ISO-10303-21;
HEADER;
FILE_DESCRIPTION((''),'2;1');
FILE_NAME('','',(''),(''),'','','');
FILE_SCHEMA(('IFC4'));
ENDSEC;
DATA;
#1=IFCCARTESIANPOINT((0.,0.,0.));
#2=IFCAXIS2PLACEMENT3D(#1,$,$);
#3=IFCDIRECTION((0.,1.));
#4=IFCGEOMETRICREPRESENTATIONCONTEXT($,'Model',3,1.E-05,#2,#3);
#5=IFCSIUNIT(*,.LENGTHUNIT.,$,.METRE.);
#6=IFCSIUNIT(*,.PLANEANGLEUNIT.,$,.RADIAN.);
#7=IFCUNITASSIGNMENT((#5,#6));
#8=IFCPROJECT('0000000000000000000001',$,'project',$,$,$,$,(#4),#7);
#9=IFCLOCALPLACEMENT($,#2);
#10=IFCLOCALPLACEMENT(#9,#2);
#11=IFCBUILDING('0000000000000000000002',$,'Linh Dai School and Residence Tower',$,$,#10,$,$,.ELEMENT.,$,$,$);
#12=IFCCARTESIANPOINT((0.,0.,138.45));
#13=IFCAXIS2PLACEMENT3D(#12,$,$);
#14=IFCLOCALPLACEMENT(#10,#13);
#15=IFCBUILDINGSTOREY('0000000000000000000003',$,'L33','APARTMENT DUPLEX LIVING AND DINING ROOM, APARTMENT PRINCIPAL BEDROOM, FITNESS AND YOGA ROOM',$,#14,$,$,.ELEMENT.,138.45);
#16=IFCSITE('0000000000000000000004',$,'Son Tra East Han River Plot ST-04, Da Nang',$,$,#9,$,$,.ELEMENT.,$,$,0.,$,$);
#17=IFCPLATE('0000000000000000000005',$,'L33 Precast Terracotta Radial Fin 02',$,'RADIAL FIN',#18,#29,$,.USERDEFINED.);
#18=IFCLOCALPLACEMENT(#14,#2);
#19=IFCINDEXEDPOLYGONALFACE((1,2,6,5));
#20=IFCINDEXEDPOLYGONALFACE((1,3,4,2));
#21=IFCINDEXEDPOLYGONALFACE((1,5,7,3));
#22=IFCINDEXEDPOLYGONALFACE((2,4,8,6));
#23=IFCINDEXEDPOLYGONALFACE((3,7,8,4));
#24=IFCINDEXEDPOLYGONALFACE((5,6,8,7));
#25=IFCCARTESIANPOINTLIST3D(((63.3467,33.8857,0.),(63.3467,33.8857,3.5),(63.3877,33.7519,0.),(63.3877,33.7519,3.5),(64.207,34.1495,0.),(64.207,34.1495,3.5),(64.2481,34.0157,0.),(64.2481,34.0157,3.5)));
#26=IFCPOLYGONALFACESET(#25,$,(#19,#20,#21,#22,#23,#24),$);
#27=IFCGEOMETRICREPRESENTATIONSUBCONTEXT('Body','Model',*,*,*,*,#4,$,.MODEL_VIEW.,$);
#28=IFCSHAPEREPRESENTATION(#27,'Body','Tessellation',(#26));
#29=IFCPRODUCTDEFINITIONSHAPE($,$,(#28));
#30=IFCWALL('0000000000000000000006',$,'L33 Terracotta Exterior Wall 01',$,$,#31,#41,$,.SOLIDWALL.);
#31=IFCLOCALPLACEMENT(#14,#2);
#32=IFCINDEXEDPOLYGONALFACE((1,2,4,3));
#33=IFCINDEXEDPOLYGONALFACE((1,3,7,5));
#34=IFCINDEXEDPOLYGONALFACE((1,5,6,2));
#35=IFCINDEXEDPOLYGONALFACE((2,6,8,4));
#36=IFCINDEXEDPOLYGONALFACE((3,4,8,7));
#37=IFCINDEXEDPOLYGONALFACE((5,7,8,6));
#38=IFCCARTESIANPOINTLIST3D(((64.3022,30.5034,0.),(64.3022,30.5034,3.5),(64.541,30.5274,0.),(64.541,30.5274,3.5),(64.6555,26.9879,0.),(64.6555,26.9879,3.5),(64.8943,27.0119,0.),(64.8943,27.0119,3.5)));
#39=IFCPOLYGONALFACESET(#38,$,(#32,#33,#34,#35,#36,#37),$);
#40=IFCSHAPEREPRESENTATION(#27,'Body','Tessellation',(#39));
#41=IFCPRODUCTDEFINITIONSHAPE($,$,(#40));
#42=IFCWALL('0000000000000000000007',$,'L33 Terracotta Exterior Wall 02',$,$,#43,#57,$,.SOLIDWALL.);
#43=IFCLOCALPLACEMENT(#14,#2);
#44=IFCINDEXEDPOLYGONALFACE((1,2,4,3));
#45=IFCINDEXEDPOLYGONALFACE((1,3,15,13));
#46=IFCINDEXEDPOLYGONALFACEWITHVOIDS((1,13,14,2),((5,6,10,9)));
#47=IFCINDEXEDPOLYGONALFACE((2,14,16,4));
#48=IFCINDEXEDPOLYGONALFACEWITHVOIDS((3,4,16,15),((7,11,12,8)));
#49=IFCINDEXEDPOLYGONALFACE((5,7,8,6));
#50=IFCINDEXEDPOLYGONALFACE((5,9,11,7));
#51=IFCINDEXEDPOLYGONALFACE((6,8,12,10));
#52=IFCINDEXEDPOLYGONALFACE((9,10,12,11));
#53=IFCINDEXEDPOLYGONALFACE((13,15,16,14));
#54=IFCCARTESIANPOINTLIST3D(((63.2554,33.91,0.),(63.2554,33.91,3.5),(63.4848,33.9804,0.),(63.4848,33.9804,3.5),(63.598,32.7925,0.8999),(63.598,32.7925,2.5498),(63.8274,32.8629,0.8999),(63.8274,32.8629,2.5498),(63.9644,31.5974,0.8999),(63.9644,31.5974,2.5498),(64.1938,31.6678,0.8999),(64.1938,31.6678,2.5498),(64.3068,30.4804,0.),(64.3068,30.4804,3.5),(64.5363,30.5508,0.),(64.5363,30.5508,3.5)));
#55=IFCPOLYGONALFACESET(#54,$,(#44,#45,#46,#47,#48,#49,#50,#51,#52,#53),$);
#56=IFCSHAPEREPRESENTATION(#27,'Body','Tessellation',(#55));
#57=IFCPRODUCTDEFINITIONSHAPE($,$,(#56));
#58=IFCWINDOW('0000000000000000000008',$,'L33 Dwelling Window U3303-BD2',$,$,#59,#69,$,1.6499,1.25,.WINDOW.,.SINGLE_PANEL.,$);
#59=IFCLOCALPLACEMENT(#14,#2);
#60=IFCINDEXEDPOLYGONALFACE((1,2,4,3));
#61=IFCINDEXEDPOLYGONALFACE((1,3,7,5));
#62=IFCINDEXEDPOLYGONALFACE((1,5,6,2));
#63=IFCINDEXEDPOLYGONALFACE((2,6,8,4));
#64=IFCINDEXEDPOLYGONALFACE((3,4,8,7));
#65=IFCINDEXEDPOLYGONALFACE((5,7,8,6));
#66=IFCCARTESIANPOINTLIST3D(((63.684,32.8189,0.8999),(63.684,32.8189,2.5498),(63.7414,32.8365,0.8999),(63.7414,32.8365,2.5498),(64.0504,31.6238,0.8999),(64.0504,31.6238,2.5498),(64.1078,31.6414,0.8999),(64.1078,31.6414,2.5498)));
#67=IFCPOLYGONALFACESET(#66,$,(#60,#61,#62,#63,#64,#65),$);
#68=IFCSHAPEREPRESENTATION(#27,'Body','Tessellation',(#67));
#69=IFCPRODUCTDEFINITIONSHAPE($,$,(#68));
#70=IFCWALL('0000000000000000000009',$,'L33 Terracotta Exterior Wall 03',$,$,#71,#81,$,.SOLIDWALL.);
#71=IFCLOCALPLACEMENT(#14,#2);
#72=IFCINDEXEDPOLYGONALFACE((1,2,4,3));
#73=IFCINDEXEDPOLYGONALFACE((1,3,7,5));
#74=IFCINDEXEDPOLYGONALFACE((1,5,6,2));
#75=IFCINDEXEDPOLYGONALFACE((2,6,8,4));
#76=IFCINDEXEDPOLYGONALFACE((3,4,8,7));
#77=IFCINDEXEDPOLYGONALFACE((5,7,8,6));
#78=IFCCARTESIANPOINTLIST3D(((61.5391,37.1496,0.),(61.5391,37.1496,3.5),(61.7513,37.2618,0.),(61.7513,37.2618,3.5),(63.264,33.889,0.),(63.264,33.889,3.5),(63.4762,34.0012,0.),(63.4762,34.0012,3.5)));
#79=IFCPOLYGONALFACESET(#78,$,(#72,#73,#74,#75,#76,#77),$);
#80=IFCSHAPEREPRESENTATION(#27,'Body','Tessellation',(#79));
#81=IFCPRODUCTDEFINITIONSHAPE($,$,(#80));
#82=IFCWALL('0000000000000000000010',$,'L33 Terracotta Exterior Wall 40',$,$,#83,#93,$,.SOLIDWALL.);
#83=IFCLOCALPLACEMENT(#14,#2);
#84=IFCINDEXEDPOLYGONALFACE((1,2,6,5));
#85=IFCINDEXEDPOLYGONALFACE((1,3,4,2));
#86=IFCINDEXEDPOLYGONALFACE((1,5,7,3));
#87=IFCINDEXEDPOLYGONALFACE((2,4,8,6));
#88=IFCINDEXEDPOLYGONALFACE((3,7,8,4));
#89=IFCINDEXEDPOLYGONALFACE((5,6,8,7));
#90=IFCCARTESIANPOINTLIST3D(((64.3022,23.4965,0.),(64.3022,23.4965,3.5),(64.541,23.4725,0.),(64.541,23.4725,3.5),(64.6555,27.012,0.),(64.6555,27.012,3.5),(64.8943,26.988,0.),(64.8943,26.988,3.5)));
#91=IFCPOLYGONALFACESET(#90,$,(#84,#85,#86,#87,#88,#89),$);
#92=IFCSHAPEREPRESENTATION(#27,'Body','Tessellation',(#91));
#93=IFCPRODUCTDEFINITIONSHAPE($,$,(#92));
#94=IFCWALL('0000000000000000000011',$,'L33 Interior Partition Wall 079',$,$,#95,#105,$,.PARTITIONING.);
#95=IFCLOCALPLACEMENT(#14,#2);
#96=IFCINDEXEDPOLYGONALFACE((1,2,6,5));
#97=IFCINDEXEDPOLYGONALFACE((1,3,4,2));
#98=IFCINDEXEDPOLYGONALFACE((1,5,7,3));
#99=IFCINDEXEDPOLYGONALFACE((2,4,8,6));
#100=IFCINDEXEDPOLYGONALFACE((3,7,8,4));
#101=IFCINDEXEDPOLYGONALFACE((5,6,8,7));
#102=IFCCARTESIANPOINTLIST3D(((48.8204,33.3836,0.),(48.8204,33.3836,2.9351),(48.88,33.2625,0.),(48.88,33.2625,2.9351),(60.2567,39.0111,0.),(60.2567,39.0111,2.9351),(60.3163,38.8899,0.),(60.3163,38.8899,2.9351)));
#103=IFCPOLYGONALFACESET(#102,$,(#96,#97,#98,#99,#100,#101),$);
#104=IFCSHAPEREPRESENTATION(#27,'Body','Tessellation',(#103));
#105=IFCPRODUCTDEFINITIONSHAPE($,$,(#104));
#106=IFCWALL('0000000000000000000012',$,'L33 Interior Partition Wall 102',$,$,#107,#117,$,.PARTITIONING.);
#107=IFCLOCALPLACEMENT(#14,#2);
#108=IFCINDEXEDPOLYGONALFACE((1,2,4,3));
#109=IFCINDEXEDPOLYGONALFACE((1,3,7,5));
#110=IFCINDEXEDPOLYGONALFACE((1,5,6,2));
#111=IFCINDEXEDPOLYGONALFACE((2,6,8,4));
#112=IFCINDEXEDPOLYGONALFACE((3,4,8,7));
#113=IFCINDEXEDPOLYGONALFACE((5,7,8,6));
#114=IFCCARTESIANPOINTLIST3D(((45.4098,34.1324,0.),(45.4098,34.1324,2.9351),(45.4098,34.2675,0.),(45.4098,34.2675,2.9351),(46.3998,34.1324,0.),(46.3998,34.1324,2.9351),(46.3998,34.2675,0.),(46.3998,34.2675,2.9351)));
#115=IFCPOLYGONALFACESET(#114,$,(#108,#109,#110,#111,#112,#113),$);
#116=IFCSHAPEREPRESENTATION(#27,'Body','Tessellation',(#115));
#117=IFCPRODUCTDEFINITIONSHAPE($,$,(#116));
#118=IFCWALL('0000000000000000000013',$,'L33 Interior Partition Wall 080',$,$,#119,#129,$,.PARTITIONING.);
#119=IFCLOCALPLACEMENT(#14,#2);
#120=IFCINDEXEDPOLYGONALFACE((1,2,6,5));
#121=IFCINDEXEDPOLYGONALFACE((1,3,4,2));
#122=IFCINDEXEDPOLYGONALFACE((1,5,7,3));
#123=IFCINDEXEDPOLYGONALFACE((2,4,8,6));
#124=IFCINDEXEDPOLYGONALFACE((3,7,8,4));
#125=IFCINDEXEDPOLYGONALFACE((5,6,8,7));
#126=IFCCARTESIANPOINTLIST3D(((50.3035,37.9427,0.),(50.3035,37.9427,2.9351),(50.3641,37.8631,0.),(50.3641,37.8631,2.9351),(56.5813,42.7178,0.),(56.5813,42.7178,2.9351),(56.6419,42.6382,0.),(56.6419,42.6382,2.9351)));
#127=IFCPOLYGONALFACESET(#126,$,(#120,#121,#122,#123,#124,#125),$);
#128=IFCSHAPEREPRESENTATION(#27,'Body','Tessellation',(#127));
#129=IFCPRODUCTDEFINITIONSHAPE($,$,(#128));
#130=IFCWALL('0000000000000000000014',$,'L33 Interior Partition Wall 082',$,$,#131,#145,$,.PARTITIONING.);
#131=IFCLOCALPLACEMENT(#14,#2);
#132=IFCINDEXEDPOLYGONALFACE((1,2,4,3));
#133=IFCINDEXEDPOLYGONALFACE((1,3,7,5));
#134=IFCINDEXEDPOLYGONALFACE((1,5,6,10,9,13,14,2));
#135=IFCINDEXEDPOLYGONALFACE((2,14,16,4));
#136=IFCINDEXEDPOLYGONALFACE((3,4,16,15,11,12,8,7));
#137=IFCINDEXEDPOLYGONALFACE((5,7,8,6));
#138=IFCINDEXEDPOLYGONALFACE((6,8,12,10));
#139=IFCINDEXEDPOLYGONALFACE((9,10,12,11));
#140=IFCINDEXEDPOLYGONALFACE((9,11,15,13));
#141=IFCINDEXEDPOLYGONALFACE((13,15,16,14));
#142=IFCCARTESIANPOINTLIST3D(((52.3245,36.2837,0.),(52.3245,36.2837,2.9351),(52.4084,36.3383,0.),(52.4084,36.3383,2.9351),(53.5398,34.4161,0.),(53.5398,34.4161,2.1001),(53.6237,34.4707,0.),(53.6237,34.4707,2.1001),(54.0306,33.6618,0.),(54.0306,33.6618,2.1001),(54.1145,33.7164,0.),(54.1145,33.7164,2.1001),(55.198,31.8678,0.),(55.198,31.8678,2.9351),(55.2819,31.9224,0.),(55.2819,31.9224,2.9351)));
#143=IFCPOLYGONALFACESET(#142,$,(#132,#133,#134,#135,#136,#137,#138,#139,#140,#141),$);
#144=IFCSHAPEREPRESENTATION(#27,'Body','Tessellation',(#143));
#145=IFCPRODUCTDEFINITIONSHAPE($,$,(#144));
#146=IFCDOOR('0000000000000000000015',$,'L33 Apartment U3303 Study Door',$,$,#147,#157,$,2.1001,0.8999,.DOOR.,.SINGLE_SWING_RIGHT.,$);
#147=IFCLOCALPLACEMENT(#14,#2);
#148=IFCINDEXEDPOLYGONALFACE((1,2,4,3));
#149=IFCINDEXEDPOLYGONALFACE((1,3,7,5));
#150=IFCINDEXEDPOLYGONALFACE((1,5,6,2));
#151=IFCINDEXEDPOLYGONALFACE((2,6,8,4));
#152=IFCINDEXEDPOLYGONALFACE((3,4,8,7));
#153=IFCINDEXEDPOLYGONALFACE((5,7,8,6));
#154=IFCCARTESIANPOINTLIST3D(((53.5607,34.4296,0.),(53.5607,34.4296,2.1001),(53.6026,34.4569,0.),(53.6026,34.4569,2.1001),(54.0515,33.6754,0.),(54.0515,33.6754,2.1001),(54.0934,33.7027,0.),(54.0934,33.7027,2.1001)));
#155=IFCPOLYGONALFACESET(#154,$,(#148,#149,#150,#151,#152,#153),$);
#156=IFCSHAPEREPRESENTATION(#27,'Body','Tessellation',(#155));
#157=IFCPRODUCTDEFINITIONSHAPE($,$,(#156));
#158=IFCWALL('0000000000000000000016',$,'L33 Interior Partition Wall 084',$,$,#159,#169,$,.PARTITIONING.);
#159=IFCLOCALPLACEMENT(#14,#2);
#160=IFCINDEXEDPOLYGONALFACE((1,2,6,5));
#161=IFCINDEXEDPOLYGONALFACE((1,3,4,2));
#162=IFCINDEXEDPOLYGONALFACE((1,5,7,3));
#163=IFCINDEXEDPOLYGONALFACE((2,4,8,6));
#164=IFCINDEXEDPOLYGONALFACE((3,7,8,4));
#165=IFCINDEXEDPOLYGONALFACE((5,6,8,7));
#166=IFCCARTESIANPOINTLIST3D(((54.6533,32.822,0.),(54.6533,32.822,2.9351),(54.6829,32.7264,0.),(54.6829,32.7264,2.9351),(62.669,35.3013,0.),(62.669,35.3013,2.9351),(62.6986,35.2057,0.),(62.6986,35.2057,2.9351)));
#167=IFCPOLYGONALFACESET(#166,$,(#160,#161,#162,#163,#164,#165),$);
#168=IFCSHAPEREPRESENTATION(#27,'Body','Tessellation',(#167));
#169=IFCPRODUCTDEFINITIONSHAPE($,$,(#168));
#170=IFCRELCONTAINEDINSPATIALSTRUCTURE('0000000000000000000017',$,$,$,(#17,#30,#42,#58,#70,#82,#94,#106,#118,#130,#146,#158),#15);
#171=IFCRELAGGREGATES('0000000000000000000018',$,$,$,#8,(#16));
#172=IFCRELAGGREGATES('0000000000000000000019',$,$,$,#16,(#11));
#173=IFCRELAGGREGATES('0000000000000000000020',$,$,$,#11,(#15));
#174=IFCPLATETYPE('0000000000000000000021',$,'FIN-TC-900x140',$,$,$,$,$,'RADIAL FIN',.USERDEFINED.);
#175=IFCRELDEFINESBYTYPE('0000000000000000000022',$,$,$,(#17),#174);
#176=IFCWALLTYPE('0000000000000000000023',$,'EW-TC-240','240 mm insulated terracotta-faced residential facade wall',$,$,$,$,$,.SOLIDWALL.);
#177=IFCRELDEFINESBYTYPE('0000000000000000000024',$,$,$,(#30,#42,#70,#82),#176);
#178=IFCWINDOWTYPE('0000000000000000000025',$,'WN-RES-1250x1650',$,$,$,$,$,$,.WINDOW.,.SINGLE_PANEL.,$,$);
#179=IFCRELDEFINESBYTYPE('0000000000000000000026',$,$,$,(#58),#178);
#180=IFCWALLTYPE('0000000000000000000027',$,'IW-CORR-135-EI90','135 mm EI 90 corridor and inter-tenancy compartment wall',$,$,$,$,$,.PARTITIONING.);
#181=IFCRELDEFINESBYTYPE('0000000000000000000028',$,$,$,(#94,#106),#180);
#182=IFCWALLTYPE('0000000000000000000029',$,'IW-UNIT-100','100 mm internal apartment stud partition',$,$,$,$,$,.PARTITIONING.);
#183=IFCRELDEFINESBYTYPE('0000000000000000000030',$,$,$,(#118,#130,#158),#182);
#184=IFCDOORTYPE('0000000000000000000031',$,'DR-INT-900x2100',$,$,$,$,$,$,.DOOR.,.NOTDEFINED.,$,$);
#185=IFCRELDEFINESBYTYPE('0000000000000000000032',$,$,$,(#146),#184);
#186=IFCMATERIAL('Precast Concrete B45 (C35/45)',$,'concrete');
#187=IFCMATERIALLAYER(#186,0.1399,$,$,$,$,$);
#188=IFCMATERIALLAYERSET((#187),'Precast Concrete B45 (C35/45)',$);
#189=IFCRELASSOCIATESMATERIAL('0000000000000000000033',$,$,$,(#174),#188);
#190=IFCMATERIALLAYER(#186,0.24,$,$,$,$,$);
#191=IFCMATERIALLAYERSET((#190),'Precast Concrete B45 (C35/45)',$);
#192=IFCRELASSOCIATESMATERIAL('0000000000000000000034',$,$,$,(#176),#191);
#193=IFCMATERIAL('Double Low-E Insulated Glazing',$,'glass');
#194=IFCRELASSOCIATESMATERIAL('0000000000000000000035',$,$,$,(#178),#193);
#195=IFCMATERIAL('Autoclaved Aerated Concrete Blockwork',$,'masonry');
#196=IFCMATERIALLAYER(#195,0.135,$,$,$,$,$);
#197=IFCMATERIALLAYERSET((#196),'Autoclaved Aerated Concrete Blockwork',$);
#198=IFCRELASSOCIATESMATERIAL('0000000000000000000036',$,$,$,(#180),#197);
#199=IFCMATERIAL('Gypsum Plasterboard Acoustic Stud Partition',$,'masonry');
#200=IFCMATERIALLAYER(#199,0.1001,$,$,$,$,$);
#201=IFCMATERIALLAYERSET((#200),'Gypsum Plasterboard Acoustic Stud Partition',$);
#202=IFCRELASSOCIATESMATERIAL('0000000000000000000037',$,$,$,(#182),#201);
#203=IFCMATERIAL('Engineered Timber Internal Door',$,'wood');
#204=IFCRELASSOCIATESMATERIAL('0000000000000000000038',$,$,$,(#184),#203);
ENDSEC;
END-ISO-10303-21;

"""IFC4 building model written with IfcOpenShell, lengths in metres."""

from ifc_helpers import new_model, si_unit, direction, frame, frame_2d, origin, origin_2d, place, context, subcontext, project, spatial, rectangle, extrude, source, transform, mapped, material, layer, layer_set, type_object, element, fill, save


model = new_model("IFC4")

# Units and contexts
model_context = context("Model", 3, precision=1e-05, world=origin(), true_north=direction((0.0, 1.0)))
body_context = subcontext(model_context, "Body", "Model", "MODEL_VIEW")
ifc_project = project(units=[si_unit("LENGTHUNIT", "METRE"), si_unit("PLANEANGLEUNIT", "RADIAN")], contexts=[model_context])

# Site, building, storey
site_placement = place(None, origin())
site = spatial("IfcSite", under=ifc_project, at=site_placement, Name="Son Tra East Han River Plot ST-04, Da Nang", CompositionType="ELEMENT", RefElevation=0.0)
building_placement = place(site_placement, origin())
building = spatial("IfcBuilding", under=site, at=building_placement, Name="Linh Dai School and Residence Tower", CompositionType="ELEMENT")
storey_placement = place(building_placement, frame((0.0, 0.0, 138.45)))
storey = spatial("IfcBuildingStorey", under=building, at=storey_placement, Name="L33", Description="APARTMENT DUPLEX LIVING AND DINING ROOM, APARTMENT PRINCIPAL BEDROOM, FITNESS AND YOGA ROOM", CompositionType="ELEMENT", Elevation=138.45)

# Plate
ifc_material_1 = material(Name="Precast Concrete B45 (C35/45)", Category="concrete")
ifc_layer_1 = layer(ifc_material_1, 0.1399)
ifc_layer_set_1 = layer_set([ifc_layer_1], Name="Precast Concrete B45 (C35/45)")
plate_type = type_object("IfcPlateType", Name="FIN-TC-900x140", ElementType="RADIAL FIN", PredefinedType="USERDEFINED", material=ifc_layer_set_1)
shared_shape_1 = source(origin(), body_context, "Body", "SweptSolid", [
    extrude(rectangle(XDim=0.8999, YDim=0.1399, at=origin_2d()), origin(), (0.0, 0.0, 1.0), 3.5),
])
plate_placement = place(storey_placement, frame((63.7974, 33.9507, 0.0), z_axis=(0.0, 0.0, 1.0), x_axis=(0.956072, 0.293134, 0.0)))
element("IfcPlate", 1, at=plate_placement, inside=storey, type_object=plate_type, Name="L33 Precast Terracotta Radial Fin 02", ObjectType="RADIAL FIN", PredefinedType="USERDEFINED", context=body_context, shape_type="MappedRepresentation", body=[
    mapped(shared_shape_1, transform((0.0, 0.0, 0.0), x_axis=(1.0, 0.0, 0.0), y_axis=(0.0, 1.0, 0.0), z_axis=(0.0, 0.0, 1.0), scale=1.0)),
])

# Wall
ifc_layer_2 = layer(ifc_material_1, 0.24)
ifc_layer_set_2 = layer_set([ifc_layer_2], Name="Precast Concrete B45 (C35/45)")
wall_type_1 = type_object("IfcWallType", Name="EW-TC-240", Description="240 mm insulated terracotta-faced residential facade wall", PredefinedType="SOLIDWALL", material=ifc_layer_set_2)
wall_1_placement = place(storey_placement, frame((64.4216, 30.5154, 0.0), z_axis=(0.0, 0.0, 1.0), x_axis=(0.099989, -0.994988, 0.0)))
element("IfcWall", 2, at=wall_1_placement, inside=storey, type_object=wall_type_1, Name="L33 Terracotta Exterior Wall 01", PredefinedType="SOLIDWALL", context=body_context, shape_type="SweptSolid", body=[
    extrude(rectangle(XDim=3.5332, YDim=0.24, at=frame_2d((1.7666, 0.0))), origin(), (0.0, 0.0, 1.0), 3.5),
])

# Wall, opening, window
wall_2_placement = place(storey_placement, frame((63.3701, 33.9451, 0.0), z_axis=(0.0, 0.0, 1.0), x_axis=(0.293124, -0.956074, 0.0)))
wall_2 = element("IfcWall", 3, at=wall_2_placement, inside=storey, type_object=wall_type_1, Name="L33 Terracotta Exterior Wall 02", PredefinedType="SOLIDWALL", context=body_context, shape_type="SweptSolid", body=[
    extrude(rectangle(XDim=3.5872, YDim=0.24, at=frame_2d((1.7935, 0.0))), origin(), (0.0, 0.0, 1.0), 3.5),
])
opening_1_placement = place(wall_2_placement, frame((1.1687, 0.0, 0.8999)))
opening_1 = element("IfcOpeningElement", 4, at=opening_1_placement, cuts=wall_2, PredefinedType="OPENING", context=body_context, shape_type="SweptSolid", body=[
    extrude(rectangle(XDim=1.25, YDim=1.6499, at=origin_2d()), frame((0.625, 0.1299, 0.825), z_axis=(0.0, -1.0, 0.0), x_axis=(1.0, 0.0, 0.0)), (0.0, 0.0, 1.0), 0.26),
])
ifc_material_2 = material(Name="Double Low-E Insulated Glazing", Category="glass")
window_type = type_object("IfcWindowType", Name="WN-RES-1250x1650", PartitioningType="SINGLE_PANEL", PredefinedType="WINDOW", material=ifc_material_2)
shared_shape_2 = source(origin(), body_context, "Body", "SweptSolid", [
    extrude(rectangle(XDim=1.25, YDim=1.6499, at=origin_2d()), frame((0.625, 0.03, 0.825), z_axis=(0.0, -1.0, 0.0), x_axis=(1.0, 0.0, 0.0)), (0.0, 0.0, 1.0), 0.0601),
])
window_placement = place(opening_1_placement, origin())
window = element("IfcWindow", 5, at=window_placement, inside=storey, type_object=window_type, Name="L33 Dwelling Window U3303-BD2", OverallHeight=1.6499, OverallWidth=1.25, PartitioningType="SINGLE_PANEL", PredefinedType="WINDOW", context=body_context, shape_type="MappedRepresentation", body=[
    mapped(shared_shape_2, transform((0.0, 0.0, 0.0), x_axis=(1.0, 0.0, 0.0), y_axis=(0.0, 1.0, 0.0), z_axis=(0.0, 0.0, 1.0), scale=1.0)),
])
fill(opening_1, window)

# Walls
wall_3_placement = place(storey_placement, frame((61.6453, 37.2056, 0.0), z_axis=(0.0, 0.0, 1.0), x_axis=(0.467614, -0.883933, 0.0)))
element("IfcWall", 6, at=wall_3_placement, inside=storey, type_object=wall_type_1, Name="L33 Terracotta Exterior Wall 03", PredefinedType="SOLIDWALL", context=body_context, shape_type="SweptSolid", body=[
    extrude(rectangle(XDim=3.6887, YDim=0.24, at=frame_2d((1.8442, 0.0))), origin(), (0.0, 0.0, 1.0), 3.5),
])
wall_4_placement = place(storey_placement, frame((64.7749, 27.0, 0.0), z_axis=(0.0, 0.0, 1.0), x_axis=(-0.099989, -0.994988, 0.0)))
element("IfcWall", 7, at=wall_4_placement, inside=storey, type_object=wall_type_1, Name="L33 Terracotta Exterior Wall 40", PredefinedType="SOLIDWALL", context=body_context, shape_type="SweptSolid", body=[
    extrude(rectangle(XDim=3.5332, YDim=0.24, at=frame_2d((1.7666, 0.0))), origin(), (0.0, 0.0, 1.0), 3.5),
])
ifc_material_3 = material(Name="Autoclaved Aerated Concrete Blockwork", Category="masonry")
ifc_layer_3 = layer(ifc_material_3, 0.135)
ifc_layer_set_3 = layer_set([ifc_layer_3], Name="Autoclaved Aerated Concrete Blockwork")
wall_type_2 = type_object("IfcWallType", Name="IW-CORR-135-EI90", Description="135 mm EI 90 corridor and inter-tenancy compartment wall", PredefinedType="PARTITIONING", material=ifc_layer_set_3)
wall_5_placement = place(storey_placement, frame((48.8501, 33.323, 0.0), z_axis=(0.0, 0.0, 1.0), x_axis=(0.897255, 0.441512, 0.0)))
element("IfcWall", 8, at=wall_5_placement, inside=storey, type_object=wall_type_2, Name="L33 Interior Partition Wall 079", PredefinedType="PARTITIONING", context=body_context, shape_type="SweptSolid", body=[
    extrude(rectangle(XDim=12.7458, YDim=0.135, at=frame_2d((6.373, 0.0))), origin(), (0.0, 0.0, 1.0), 2.9351),
])
wall_6_placement = place(storey_placement, frame((46.3999, 34.2, 0.0), z_axis=(0.0, 0.0, 1.0), x_axis=(-1.0, 0.0, 0.0)))
element("IfcWall", 9, at=wall_6_placement, inside=storey, type_object=wall_type_2, Name="L33 Interior Partition Wall 102", PredefinedType="PARTITIONING", context=body_context, shape_type="SweptSolid", body=[
    extrude(rectangle(XDim=0.99, YDim=0.135, at=frame_2d((0.4951, 0.0))), origin(), (0.0, 0.0, 1.0), 2.9351),
])
ifc_material_4 = material(Name="Gypsum Plasterboard Acoustic Stud Partition", Category="masonry")
ifc_layer_4 = layer(ifc_material_4, 0.1001)
ifc_layer_set_4 = layer_set([ifc_layer_4], Name="Gypsum Plasterboard Acoustic Stud Partition")
wall_type_3 = type_object("IfcWallType", Name="IW-UNIT-100", Description="100 mm internal apartment stud partition", PredefinedType="PARTITIONING", material=ifc_layer_set_4)
wall_7_placement = place(storey_placement, frame((50.3337, 37.9028, 0.0), z_axis=(0.0, 0.0, 1.0), x_axis=(0.795918, 0.605404, 0.0)))
element("IfcWall", 10, at=wall_7_placement, inside=storey, type_object=wall_type_3, Name="L33 Interior Partition Wall 080", PredefinedType="PARTITIONING", context=body_context, shape_type="SweptSolid", body=[
    extrude(rectangle(XDim=7.8875, YDim=0.1001, at=frame_2d((3.9438, 0.0))), origin(), (0.0, 0.0, 1.0), 2.9351),
])

# Wall, opening, door
wall_8_placement = place(storey_placement, frame((52.3665, 36.311, 0.0), z_axis=(0.0, 0.0, 1.0), x_axis=(0.545405, -0.838172, 0.0)))
wall_8 = element("IfcWall", 11, at=wall_8_placement, inside=storey, type_object=wall_type_3, Name="L33 Interior Partition Wall 082", PredefinedType="PARTITIONING", context=body_context, shape_type="SweptSolid", body=[
    extrude(rectangle(XDim=5.2686, YDim=0.1001, at=frame_2d((2.6343, 0.0))), origin(), (0.0, 0.0, 1.0), 2.9351),
])
opening_2_placement = place(wall_8_placement, frame((2.2283, 0.0, 0.0)))
opening_2 = element("IfcOpeningElement", 12, at=opening_2_placement, cuts=wall_8, PredefinedType="OPENING", context=body_context, shape_type="SweptSolid", body=[
    extrude(rectangle(XDim=0.8999, YDim=2.1001, at=origin_2d()), frame((0.45, 0.0601, 1.05), z_axis=(0.0, -1.0, 0.0), x_axis=(1.0, 0.0, 0.0)), (0.0, 0.0, 1.0), 0.1201),
])
ifc_material_5 = material(Name="Engineered Timber Internal Door", Category="wood")
door_type = type_object("IfcDoorType", Name="DR-INT-900x2100", OperationType="NOTDEFINED", PredefinedType="DOOR", material=ifc_material_5)
shared_shape_3 = source(origin(), body_context, "Body", "SweptSolid", [
    extrude(rectangle(XDim=0.8999, YDim=2.1001, at=origin_2d()), frame((0.45, 0.0249, 1.05), z_axis=(0.0, -1.0, 0.0), x_axis=(1.0, 0.0, 0.0)), (0.0, 0.0, 1.0), 0.05),
])
door_1_placement = place(opening_2_placement, origin())
door_1 = element("IfcDoor", 13, at=door_1_placement, inside=storey, type_object=door_type, Name="L33 Apartment U3303 Study Door", OperationType="SINGLE_SWING_RIGHT", OverallHeight=2.1001, OverallWidth=0.8999, PredefinedType="DOOR", context=body_context, shape_type="MappedRepresentation", body=[
    mapped(shared_shape_3, transform((0.0, 0.0, 0.0), x_axis=(1.0, 0.0, 0.0), y_axis=(0.0, 1.0, 0.0), z_axis=(0.0, 0.0, 1.0), scale=1.0)),
])
fill(opening_2, door_1)

# Wall
wall_9_placement = place(storey_placement, frame((54.668, 32.7742, 0.0), z_axis=(0.0, 0.0, 1.0), x_axis=(0.955346, 0.29549, 0.0)))
element("IfcWall", 14, at=wall_9_placement, inside=storey, type_object=wall_type_3, Name="L33 Interior Partition Wall 084", PredefinedType="PARTITIONING", context=body_context, shape_type="SweptSolid", body=[
    extrude(rectangle(XDim=8.3904, YDim=0.1001, at=frame_2d((4.1953, 0.0))), origin(), (0.0, 0.0, 1.0), 2.9351),
])

save(model, "model.ifc")
